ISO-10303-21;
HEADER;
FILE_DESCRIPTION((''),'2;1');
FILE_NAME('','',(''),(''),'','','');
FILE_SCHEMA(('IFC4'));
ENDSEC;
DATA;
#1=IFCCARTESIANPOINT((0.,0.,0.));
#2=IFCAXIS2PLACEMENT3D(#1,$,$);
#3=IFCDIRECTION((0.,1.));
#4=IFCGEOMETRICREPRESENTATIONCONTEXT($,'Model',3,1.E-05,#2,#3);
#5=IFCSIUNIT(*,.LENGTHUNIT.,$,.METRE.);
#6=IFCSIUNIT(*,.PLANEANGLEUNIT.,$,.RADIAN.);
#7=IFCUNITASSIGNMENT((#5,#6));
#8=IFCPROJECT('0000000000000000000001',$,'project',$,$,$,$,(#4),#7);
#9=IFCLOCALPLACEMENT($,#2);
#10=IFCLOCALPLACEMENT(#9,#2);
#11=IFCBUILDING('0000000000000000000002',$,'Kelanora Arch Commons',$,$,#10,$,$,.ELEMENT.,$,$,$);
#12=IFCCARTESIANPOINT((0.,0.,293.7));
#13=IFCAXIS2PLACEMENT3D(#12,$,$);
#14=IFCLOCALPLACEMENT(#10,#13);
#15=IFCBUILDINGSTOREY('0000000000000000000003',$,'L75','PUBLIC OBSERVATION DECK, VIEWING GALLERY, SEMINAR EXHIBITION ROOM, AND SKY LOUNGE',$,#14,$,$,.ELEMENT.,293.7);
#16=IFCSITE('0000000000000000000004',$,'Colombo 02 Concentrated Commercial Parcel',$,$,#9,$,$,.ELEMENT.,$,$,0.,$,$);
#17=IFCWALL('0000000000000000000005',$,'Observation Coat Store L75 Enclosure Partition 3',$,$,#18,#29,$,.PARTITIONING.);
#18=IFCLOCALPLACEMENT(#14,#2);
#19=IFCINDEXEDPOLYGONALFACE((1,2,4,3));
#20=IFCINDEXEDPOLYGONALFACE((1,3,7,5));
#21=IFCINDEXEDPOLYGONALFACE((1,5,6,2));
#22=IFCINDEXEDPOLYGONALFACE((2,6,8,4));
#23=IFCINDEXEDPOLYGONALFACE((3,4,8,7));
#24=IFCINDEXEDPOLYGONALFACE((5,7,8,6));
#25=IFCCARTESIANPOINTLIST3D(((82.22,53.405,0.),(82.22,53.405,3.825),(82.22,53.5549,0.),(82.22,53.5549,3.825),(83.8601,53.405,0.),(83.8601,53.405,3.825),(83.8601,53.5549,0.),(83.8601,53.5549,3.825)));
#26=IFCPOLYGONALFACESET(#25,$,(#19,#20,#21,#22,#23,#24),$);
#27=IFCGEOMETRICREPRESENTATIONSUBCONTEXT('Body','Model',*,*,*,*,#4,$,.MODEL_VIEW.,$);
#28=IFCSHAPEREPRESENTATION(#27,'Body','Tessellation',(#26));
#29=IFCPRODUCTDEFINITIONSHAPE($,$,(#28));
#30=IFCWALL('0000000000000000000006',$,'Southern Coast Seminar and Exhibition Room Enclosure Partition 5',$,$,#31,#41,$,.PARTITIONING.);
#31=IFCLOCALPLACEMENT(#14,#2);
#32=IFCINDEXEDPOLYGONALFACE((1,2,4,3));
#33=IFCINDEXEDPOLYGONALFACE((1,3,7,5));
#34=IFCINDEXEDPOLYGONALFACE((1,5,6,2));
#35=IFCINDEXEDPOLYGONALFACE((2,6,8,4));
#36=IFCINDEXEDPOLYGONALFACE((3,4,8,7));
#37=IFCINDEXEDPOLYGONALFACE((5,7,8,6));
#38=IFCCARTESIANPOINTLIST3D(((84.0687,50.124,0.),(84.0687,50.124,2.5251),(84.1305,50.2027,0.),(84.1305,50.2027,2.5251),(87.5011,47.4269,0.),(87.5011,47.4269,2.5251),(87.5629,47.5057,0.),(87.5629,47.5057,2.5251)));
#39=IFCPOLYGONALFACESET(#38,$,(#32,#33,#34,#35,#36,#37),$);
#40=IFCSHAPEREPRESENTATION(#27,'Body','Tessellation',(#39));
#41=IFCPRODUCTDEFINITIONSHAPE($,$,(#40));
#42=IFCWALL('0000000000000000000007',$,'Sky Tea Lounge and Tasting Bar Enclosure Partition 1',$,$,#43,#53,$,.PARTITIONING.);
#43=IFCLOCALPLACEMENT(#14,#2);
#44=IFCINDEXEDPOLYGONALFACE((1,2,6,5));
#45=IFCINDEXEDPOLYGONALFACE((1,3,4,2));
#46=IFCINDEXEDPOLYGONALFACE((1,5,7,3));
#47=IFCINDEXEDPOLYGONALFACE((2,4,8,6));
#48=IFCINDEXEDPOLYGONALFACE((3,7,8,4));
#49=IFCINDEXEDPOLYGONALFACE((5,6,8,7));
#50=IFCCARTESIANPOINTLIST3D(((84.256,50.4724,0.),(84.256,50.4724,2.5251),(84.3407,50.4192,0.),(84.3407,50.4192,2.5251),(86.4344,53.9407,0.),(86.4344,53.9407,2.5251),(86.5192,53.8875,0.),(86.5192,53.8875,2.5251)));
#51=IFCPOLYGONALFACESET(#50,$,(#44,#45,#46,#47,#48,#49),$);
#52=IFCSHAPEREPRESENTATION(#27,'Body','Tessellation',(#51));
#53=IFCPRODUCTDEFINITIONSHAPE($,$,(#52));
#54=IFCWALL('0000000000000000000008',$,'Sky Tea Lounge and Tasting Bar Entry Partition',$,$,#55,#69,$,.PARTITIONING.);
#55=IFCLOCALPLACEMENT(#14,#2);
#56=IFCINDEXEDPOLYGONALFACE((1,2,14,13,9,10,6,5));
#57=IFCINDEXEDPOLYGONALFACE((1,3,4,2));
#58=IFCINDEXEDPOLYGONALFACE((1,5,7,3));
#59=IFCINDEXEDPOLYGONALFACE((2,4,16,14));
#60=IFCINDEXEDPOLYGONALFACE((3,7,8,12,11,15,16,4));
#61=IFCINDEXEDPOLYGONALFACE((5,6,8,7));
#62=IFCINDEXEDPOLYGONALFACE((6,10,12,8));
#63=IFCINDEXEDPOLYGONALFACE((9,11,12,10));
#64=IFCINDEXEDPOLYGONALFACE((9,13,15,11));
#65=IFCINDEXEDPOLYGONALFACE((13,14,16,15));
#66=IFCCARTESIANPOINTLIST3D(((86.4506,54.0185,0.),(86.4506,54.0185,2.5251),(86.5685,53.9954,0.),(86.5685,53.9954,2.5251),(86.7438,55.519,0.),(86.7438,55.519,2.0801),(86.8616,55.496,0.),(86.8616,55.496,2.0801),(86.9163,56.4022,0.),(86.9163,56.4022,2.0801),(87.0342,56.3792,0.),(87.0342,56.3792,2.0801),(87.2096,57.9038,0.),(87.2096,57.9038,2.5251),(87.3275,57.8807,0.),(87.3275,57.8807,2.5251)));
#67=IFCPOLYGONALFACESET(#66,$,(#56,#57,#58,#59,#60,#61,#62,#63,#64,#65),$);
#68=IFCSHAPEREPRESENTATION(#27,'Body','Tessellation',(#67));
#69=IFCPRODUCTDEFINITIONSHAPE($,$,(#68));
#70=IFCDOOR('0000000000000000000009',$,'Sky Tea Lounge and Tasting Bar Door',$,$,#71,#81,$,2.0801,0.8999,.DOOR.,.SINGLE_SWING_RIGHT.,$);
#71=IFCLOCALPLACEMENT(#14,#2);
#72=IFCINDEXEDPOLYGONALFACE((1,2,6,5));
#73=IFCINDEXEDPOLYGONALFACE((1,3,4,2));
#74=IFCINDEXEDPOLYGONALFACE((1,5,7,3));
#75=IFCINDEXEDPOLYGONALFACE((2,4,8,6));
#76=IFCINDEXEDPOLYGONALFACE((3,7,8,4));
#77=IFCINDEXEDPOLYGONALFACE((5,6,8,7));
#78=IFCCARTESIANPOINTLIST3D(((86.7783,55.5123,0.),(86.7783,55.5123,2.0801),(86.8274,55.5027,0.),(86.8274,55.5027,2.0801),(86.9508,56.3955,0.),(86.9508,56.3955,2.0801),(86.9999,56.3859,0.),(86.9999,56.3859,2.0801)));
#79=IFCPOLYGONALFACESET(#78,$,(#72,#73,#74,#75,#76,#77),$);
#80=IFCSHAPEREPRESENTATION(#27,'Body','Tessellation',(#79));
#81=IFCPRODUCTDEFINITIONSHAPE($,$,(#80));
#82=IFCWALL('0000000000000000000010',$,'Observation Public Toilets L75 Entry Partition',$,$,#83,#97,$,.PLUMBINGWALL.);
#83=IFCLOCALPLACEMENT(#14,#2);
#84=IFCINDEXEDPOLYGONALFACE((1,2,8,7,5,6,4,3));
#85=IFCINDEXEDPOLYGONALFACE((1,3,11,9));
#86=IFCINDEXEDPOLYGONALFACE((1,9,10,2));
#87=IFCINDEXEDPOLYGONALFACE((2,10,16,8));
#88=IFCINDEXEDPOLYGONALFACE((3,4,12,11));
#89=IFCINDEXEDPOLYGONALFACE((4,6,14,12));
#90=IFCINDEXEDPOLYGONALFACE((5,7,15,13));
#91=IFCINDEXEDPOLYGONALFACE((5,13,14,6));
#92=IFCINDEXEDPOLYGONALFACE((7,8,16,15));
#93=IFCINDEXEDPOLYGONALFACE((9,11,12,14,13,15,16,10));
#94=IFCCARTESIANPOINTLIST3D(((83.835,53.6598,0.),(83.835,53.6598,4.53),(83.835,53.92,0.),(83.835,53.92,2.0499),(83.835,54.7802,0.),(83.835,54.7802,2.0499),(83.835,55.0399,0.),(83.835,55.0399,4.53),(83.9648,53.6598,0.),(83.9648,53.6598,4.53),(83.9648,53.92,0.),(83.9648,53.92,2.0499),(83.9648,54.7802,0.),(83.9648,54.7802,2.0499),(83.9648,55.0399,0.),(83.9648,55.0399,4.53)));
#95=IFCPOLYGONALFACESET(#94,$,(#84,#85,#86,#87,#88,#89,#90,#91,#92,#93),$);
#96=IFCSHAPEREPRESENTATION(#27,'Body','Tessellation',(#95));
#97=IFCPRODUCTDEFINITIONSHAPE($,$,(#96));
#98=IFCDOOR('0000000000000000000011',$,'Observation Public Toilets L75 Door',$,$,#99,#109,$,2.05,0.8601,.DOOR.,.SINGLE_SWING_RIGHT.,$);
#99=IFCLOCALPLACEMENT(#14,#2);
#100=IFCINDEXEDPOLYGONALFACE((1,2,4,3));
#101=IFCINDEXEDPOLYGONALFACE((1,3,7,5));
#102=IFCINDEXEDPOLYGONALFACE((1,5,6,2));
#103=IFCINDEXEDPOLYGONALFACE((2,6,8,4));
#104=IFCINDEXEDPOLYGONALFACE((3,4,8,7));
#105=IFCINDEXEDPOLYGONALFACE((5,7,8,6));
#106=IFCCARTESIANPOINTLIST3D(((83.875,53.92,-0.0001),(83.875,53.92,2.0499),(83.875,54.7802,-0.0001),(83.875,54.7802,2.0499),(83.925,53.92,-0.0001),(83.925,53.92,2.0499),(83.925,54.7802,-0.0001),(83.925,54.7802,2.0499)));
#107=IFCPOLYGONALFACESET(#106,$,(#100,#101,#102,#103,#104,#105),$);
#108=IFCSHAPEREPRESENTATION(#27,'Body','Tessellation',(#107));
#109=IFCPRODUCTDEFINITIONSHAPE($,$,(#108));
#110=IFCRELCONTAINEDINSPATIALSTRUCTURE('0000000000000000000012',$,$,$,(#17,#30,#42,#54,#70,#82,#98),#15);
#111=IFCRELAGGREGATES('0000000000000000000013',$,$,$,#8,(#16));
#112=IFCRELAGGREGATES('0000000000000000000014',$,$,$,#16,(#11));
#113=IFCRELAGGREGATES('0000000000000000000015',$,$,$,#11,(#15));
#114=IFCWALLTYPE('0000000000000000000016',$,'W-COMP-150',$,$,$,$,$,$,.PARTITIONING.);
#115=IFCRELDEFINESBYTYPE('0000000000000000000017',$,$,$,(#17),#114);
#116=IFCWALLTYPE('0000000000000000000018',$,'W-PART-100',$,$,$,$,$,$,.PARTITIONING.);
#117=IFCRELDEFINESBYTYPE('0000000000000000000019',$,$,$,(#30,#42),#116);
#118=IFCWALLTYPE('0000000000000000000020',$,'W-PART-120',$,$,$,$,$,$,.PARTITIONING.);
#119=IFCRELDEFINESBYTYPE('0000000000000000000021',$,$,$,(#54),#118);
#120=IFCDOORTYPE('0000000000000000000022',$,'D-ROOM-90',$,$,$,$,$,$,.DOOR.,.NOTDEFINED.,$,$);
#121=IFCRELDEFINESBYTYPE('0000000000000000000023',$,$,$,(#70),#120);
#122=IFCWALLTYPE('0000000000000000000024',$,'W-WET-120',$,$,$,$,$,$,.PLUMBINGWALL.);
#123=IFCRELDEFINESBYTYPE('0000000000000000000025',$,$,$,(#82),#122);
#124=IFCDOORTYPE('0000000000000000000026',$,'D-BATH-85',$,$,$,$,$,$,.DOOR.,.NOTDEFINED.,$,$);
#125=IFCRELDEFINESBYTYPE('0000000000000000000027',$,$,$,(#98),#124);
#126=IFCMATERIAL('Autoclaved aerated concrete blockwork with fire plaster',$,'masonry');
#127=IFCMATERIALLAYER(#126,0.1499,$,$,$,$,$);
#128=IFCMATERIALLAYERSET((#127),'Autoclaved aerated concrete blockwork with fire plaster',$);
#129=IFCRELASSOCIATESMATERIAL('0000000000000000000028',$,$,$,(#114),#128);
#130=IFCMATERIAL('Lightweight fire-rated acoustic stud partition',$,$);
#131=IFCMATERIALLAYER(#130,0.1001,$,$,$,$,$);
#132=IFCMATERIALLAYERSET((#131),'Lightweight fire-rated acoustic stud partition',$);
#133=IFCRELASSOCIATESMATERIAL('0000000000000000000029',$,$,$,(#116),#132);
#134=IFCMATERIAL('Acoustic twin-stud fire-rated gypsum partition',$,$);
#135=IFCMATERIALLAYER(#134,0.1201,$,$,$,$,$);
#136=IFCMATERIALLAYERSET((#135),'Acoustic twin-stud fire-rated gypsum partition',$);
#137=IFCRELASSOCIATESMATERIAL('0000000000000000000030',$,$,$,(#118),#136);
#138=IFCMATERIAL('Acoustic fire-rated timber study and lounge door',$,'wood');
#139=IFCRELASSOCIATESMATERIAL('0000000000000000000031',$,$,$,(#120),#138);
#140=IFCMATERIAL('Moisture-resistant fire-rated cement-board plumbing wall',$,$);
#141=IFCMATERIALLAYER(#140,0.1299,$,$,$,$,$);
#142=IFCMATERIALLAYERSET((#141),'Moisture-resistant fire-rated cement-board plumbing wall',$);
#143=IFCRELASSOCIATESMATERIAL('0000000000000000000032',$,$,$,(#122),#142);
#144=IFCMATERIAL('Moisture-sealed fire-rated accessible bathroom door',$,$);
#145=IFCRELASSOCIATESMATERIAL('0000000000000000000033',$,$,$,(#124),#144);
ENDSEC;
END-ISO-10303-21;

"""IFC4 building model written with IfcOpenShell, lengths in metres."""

from ifc_helpers import new_model, si_unit, direction, frame, frame_2d, origin, place, context, subcontext, project, spatial, rectangle, extrude, material, layer, layer_set, type_object, element, fill, save


model = new_model("IFC4")

# Units and contexts
model_context = context("Model", 3, precision=1e-05, world=origin(), true_north=direction((0.0, 1.0)))
body_context = subcontext(model_context, "Body", "Model", "MODEL_VIEW")
ifc_project = project(units=[si_unit("LENGTHUNIT", "METRE"), si_unit("PLANEANGLEUNIT", "RADIAN")], contexts=[model_context])

# Site, building, storey
site_placement = place(None, origin())
site = spatial("IfcSite", under=ifc_project, at=site_placement, Name="Colombo 02 Concentrated Commercial Parcel", CompositionType="ELEMENT", RefElevation=0.0)
building_placement = place(site_placement, origin())
building = spatial("IfcBuilding", under=site, at=building_placement, Name="Kelanora Arch Commons", CompositionType="ELEMENT")
storey_placement = place(building_placement, frame((0.0, 0.0, 293.7)))
storey = spatial("IfcBuildingStorey", under=building, at=storey_placement, Name="L75", Description="PUBLIC OBSERVATION DECK, VIEWING GALLERY, SEMINAR EXHIBITION ROOM, AND SKY LOUNGE", CompositionType="ELEMENT", Elevation=293.7)

# Shared definitions
ifc_material_1 = material(Name="Autoclaved aerated concrete blockwork with fire plaster", Category="masonry")
ifc_layer_1 = layer(ifc_material_1, 0.1499)
ifc_layer_set_1 = layer_set([ifc_layer_1], Name="Autoclaved aerated concrete blockwork with fire plaster")
wall_type_1 = type_object("IfcWallType", Name="W-COMP-150", PredefinedType="PARTITIONING", material=ifc_layer_set_1)

# Walls
wall_1_placement = place(storey_placement, frame((83.8601, 53.48, 0.0), z_axis=(0.0, 0.0, 1.0), x_axis=(-1.0, 0.0, 0.0)))
element("IfcWall", 1, at=wall_1_placement, inside=storey, type_object=wall_type_1, Name="Observation Coat Store L75 Enclosure Partition 3", PredefinedType="PARTITIONING", context=body_context, shape_type="SweptSolid", body=[
    extrude(rectangle(XDim=1.6401, YDim=0.1499, at=frame_2d((0.8201, 0.0))), origin(), (0.0, 0.0, 1.0), 3.825),
])
ifc_material_2 = material(Name="Lightweight fire-rated acoustic stud partition")
ifc_layer_2 = layer(ifc_material_2, 0.1001)
ifc_layer_set_2 = layer_set([ifc_layer_2], Name="Lightweight fire-rated acoustic stud partition")
wall_type_2 = type_object("IfcWallType", Name="W-PART-100", PredefinedType="PARTITIONING", material=ifc_layer_set_2)
wall_2_placement = place(storey_placement, frame((84.0996, 50.1633, 0.0), z_axis=(0.0, 0.0, 1.0), x_axis=(0.786301, -0.617844, 0.0)))
element("IfcWall", 2, at=wall_2_placement, inside=storey, type_object=wall_type_2, Name="Southern Coast Seminar and Exhibition Room Enclosure Partition 5", PredefinedType="PARTITIONING", context=body_context, shape_type="SweptSolid", body=[
    extrude(rectangle(XDim=4.3652, YDim=0.1001, at=frame_2d((2.1826, 0.0))), origin(), (0.0, 0.0, 1.0), 2.5251),
])
wall_3_placement = place(storey_placement, frame((84.2983, 50.4458, 0.0), z_axis=(0.0, 0.0, 1.0), x_axis=(0.531894, 0.846811, 0.0)))
element("IfcWall", 3, at=wall_3_placement, inside=storey, type_object=wall_type_2, Name="Sky Tea Lounge and Tasting Bar Enclosure Partition 1", PredefinedType="PARTITIONING", context=body_context, shape_type="SweptSolid", body=[
    extrude(rectangle(XDim=4.0957, YDim=0.1001, at=frame_2d((2.0479, 0.0))), origin(), (0.0, 0.0, 1.0), 2.5251),
])

# Walls, openings, doors
ifc_material_3 = material(Name="Acoustic twin-stud fire-rated gypsum partition")
ifc_layer_3 = layer(ifc_material_3, 0.1201)
ifc_layer_set_3 = layer_set([ifc_layer_3], Name="Acoustic twin-stud fire-rated gypsum partition")
wall_type_3 = type_object("IfcWallType", Name="W-PART-120", PredefinedType="PARTITIONING", material=ifc_layer_set_3)
wall_4_placement = place(storey_placement, frame((86.5095, 54.0068, 0.0), z_axis=(0.0, 0.0, 1.0), x_axis=(0.191738, 0.981446, 0.0)))
wall_4 = element("IfcWall", 4, at=wall_4_placement, inside=storey, type_object=wall_type_3, Name="Sky Tea Lounge and Tasting Bar Entry Partition", PredefinedType="PARTITIONING", context=body_context, shape_type="SweptSolid", body=[
    extrude(rectangle(XDim=3.9587, YDim=0.1201, at=frame_2d((1.9795, 0.0))), origin(), (0.0, 0.0, 1.0), 2.5251),
])
opening_1_placement = place(wall_4_placement, frame((1.5291, 0.0, 0.0)))
opening_1 = element("IfcOpeningElement", 5, at=opening_1_placement, cuts=wall_4, PredefinedType="OPENING", context=body_context, shape_type="SweptSolid", body=[
    extrude(rectangle(XDim=0.8999, YDim=2.0801, at=frame_2d((0.45, 1.04))), frame((0.0, 0.0701, 0.0), z_axis=(0.0, -1.0, 0.0), x_axis=(1.0, 0.0, 0.0)), (0.0, 0.0, 1.0), 0.1401),
])
ifc_material_4 = material(Name="Acoustic fire-rated timber study and lounge door", Category="wood")
door_type_1 = type_object("IfcDoorType", Name="D-ROOM-90", OperationType="NOTDEFINED", PredefinedType="DOOR", material=ifc_material_4)
door_1_placement = place(opening_1_placement, origin())
door_1 = element("IfcDoor", 6, at=door_1_placement, inside=storey, type_object=door_type_1, Name="Sky Tea Lounge and Tasting Bar Door", OperationType="SINGLE_SWING_RIGHT", OverallHeight=2.0801, OverallWidth=0.8999, PredefinedType="DOOR", context=body_context, shape_type="SweptSolid", body=[
    extrude(rectangle(XDim=0.8999, YDim=2.0801, at=frame_2d((0.45, 1.04))), frame((0.0, 0.0249, 0.0), z_axis=(0.0, -1.0, 0.0), x_axis=(1.0, 0.0, 0.0)), (0.0, 0.0, 1.0), 0.05),
])
fill(opening_1, door_1)
ifc_material_5 = material(Name="Moisture-resistant fire-rated cement-board plumbing wall")
ifc_layer_4 = layer(ifc_material_5, 0.1299)
ifc_layer_set_4 = layer_set([ifc_layer_4], Name="Moisture-resistant fire-rated cement-board plumbing wall")
wall_type_4 = type_object("IfcWallType", Name="W-WET-120", PredefinedType="PLUMBINGWALL", material=ifc_layer_set_4)
wall_5_placement = place(storey_placement, frame((83.8999, 53.6599, 0.0), z_axis=(0.0, 0.0, 1.0), x_axis=(0.0, 1.0, 0.0)))
wall_5 = element("IfcWall", 7, at=wall_5_placement, inside=storey, type_object=wall_type_4, Name="Observation Public Toilets L75 Entry Partition", PredefinedType="PLUMBINGWALL", context=body_context, shape_type="SweptSolid", body=[
    extrude(rectangle(XDim=1.3801, YDim=0.1299, at=frame_2d((0.6899, 0.0))), origin(), (0.0, 0.0, 1.0), 4.53),
])
opening_2_placement = place(wall_5_placement, frame((0.26, 0.0, 0.0)))
opening_2 = element("IfcOpeningElement", 8, at=opening_2_placement, cuts=wall_5, PredefinedType="OPENING", context=body_context, shape_type="SweptSolid", body=[
    extrude(rectangle(XDim=0.8601, YDim=2.05, at=frame_2d((0.4302, 1.0249))), frame((0.0, 0.075, 0.0), z_axis=(0.0, -1.0, 0.0), x_axis=(1.0, 0.0, 0.0)), (0.0, 0.0, 1.0), 0.1499),
])
ifc_material_6 = material(Name="Moisture-sealed fire-rated accessible bathroom door")
door_type_2 = type_object("IfcDoorType", Name="D-BATH-85", OperationType="NOTDEFINED", PredefinedType="DOOR", material=ifc_material_6)
door_2_placement = place(opening_2_placement, origin())
door_2 = element("IfcDoor", 9, at=door_2_placement, inside=storey, type_object=door_type_2, Name="Observation Public Toilets L75 Door", OperationType="SINGLE_SWING_RIGHT", OverallHeight=2.05, OverallWidth=0.8601, PredefinedType="DOOR", context=body_context, shape_type="SweptSolid", body=[
    extrude(rectangle(XDim=0.8601, YDim=2.05, at=frame_2d((0.4302, 1.0249))), frame((0.0, 0.0249, 0.0), z_axis=(0.0, -1.0, 0.0), x_axis=(1.0, 0.0, 0.0)), (0.0, 0.0, 1.0), 0.05),
])
fill(opening_2, door_2)

save(model, "model.ifc")
